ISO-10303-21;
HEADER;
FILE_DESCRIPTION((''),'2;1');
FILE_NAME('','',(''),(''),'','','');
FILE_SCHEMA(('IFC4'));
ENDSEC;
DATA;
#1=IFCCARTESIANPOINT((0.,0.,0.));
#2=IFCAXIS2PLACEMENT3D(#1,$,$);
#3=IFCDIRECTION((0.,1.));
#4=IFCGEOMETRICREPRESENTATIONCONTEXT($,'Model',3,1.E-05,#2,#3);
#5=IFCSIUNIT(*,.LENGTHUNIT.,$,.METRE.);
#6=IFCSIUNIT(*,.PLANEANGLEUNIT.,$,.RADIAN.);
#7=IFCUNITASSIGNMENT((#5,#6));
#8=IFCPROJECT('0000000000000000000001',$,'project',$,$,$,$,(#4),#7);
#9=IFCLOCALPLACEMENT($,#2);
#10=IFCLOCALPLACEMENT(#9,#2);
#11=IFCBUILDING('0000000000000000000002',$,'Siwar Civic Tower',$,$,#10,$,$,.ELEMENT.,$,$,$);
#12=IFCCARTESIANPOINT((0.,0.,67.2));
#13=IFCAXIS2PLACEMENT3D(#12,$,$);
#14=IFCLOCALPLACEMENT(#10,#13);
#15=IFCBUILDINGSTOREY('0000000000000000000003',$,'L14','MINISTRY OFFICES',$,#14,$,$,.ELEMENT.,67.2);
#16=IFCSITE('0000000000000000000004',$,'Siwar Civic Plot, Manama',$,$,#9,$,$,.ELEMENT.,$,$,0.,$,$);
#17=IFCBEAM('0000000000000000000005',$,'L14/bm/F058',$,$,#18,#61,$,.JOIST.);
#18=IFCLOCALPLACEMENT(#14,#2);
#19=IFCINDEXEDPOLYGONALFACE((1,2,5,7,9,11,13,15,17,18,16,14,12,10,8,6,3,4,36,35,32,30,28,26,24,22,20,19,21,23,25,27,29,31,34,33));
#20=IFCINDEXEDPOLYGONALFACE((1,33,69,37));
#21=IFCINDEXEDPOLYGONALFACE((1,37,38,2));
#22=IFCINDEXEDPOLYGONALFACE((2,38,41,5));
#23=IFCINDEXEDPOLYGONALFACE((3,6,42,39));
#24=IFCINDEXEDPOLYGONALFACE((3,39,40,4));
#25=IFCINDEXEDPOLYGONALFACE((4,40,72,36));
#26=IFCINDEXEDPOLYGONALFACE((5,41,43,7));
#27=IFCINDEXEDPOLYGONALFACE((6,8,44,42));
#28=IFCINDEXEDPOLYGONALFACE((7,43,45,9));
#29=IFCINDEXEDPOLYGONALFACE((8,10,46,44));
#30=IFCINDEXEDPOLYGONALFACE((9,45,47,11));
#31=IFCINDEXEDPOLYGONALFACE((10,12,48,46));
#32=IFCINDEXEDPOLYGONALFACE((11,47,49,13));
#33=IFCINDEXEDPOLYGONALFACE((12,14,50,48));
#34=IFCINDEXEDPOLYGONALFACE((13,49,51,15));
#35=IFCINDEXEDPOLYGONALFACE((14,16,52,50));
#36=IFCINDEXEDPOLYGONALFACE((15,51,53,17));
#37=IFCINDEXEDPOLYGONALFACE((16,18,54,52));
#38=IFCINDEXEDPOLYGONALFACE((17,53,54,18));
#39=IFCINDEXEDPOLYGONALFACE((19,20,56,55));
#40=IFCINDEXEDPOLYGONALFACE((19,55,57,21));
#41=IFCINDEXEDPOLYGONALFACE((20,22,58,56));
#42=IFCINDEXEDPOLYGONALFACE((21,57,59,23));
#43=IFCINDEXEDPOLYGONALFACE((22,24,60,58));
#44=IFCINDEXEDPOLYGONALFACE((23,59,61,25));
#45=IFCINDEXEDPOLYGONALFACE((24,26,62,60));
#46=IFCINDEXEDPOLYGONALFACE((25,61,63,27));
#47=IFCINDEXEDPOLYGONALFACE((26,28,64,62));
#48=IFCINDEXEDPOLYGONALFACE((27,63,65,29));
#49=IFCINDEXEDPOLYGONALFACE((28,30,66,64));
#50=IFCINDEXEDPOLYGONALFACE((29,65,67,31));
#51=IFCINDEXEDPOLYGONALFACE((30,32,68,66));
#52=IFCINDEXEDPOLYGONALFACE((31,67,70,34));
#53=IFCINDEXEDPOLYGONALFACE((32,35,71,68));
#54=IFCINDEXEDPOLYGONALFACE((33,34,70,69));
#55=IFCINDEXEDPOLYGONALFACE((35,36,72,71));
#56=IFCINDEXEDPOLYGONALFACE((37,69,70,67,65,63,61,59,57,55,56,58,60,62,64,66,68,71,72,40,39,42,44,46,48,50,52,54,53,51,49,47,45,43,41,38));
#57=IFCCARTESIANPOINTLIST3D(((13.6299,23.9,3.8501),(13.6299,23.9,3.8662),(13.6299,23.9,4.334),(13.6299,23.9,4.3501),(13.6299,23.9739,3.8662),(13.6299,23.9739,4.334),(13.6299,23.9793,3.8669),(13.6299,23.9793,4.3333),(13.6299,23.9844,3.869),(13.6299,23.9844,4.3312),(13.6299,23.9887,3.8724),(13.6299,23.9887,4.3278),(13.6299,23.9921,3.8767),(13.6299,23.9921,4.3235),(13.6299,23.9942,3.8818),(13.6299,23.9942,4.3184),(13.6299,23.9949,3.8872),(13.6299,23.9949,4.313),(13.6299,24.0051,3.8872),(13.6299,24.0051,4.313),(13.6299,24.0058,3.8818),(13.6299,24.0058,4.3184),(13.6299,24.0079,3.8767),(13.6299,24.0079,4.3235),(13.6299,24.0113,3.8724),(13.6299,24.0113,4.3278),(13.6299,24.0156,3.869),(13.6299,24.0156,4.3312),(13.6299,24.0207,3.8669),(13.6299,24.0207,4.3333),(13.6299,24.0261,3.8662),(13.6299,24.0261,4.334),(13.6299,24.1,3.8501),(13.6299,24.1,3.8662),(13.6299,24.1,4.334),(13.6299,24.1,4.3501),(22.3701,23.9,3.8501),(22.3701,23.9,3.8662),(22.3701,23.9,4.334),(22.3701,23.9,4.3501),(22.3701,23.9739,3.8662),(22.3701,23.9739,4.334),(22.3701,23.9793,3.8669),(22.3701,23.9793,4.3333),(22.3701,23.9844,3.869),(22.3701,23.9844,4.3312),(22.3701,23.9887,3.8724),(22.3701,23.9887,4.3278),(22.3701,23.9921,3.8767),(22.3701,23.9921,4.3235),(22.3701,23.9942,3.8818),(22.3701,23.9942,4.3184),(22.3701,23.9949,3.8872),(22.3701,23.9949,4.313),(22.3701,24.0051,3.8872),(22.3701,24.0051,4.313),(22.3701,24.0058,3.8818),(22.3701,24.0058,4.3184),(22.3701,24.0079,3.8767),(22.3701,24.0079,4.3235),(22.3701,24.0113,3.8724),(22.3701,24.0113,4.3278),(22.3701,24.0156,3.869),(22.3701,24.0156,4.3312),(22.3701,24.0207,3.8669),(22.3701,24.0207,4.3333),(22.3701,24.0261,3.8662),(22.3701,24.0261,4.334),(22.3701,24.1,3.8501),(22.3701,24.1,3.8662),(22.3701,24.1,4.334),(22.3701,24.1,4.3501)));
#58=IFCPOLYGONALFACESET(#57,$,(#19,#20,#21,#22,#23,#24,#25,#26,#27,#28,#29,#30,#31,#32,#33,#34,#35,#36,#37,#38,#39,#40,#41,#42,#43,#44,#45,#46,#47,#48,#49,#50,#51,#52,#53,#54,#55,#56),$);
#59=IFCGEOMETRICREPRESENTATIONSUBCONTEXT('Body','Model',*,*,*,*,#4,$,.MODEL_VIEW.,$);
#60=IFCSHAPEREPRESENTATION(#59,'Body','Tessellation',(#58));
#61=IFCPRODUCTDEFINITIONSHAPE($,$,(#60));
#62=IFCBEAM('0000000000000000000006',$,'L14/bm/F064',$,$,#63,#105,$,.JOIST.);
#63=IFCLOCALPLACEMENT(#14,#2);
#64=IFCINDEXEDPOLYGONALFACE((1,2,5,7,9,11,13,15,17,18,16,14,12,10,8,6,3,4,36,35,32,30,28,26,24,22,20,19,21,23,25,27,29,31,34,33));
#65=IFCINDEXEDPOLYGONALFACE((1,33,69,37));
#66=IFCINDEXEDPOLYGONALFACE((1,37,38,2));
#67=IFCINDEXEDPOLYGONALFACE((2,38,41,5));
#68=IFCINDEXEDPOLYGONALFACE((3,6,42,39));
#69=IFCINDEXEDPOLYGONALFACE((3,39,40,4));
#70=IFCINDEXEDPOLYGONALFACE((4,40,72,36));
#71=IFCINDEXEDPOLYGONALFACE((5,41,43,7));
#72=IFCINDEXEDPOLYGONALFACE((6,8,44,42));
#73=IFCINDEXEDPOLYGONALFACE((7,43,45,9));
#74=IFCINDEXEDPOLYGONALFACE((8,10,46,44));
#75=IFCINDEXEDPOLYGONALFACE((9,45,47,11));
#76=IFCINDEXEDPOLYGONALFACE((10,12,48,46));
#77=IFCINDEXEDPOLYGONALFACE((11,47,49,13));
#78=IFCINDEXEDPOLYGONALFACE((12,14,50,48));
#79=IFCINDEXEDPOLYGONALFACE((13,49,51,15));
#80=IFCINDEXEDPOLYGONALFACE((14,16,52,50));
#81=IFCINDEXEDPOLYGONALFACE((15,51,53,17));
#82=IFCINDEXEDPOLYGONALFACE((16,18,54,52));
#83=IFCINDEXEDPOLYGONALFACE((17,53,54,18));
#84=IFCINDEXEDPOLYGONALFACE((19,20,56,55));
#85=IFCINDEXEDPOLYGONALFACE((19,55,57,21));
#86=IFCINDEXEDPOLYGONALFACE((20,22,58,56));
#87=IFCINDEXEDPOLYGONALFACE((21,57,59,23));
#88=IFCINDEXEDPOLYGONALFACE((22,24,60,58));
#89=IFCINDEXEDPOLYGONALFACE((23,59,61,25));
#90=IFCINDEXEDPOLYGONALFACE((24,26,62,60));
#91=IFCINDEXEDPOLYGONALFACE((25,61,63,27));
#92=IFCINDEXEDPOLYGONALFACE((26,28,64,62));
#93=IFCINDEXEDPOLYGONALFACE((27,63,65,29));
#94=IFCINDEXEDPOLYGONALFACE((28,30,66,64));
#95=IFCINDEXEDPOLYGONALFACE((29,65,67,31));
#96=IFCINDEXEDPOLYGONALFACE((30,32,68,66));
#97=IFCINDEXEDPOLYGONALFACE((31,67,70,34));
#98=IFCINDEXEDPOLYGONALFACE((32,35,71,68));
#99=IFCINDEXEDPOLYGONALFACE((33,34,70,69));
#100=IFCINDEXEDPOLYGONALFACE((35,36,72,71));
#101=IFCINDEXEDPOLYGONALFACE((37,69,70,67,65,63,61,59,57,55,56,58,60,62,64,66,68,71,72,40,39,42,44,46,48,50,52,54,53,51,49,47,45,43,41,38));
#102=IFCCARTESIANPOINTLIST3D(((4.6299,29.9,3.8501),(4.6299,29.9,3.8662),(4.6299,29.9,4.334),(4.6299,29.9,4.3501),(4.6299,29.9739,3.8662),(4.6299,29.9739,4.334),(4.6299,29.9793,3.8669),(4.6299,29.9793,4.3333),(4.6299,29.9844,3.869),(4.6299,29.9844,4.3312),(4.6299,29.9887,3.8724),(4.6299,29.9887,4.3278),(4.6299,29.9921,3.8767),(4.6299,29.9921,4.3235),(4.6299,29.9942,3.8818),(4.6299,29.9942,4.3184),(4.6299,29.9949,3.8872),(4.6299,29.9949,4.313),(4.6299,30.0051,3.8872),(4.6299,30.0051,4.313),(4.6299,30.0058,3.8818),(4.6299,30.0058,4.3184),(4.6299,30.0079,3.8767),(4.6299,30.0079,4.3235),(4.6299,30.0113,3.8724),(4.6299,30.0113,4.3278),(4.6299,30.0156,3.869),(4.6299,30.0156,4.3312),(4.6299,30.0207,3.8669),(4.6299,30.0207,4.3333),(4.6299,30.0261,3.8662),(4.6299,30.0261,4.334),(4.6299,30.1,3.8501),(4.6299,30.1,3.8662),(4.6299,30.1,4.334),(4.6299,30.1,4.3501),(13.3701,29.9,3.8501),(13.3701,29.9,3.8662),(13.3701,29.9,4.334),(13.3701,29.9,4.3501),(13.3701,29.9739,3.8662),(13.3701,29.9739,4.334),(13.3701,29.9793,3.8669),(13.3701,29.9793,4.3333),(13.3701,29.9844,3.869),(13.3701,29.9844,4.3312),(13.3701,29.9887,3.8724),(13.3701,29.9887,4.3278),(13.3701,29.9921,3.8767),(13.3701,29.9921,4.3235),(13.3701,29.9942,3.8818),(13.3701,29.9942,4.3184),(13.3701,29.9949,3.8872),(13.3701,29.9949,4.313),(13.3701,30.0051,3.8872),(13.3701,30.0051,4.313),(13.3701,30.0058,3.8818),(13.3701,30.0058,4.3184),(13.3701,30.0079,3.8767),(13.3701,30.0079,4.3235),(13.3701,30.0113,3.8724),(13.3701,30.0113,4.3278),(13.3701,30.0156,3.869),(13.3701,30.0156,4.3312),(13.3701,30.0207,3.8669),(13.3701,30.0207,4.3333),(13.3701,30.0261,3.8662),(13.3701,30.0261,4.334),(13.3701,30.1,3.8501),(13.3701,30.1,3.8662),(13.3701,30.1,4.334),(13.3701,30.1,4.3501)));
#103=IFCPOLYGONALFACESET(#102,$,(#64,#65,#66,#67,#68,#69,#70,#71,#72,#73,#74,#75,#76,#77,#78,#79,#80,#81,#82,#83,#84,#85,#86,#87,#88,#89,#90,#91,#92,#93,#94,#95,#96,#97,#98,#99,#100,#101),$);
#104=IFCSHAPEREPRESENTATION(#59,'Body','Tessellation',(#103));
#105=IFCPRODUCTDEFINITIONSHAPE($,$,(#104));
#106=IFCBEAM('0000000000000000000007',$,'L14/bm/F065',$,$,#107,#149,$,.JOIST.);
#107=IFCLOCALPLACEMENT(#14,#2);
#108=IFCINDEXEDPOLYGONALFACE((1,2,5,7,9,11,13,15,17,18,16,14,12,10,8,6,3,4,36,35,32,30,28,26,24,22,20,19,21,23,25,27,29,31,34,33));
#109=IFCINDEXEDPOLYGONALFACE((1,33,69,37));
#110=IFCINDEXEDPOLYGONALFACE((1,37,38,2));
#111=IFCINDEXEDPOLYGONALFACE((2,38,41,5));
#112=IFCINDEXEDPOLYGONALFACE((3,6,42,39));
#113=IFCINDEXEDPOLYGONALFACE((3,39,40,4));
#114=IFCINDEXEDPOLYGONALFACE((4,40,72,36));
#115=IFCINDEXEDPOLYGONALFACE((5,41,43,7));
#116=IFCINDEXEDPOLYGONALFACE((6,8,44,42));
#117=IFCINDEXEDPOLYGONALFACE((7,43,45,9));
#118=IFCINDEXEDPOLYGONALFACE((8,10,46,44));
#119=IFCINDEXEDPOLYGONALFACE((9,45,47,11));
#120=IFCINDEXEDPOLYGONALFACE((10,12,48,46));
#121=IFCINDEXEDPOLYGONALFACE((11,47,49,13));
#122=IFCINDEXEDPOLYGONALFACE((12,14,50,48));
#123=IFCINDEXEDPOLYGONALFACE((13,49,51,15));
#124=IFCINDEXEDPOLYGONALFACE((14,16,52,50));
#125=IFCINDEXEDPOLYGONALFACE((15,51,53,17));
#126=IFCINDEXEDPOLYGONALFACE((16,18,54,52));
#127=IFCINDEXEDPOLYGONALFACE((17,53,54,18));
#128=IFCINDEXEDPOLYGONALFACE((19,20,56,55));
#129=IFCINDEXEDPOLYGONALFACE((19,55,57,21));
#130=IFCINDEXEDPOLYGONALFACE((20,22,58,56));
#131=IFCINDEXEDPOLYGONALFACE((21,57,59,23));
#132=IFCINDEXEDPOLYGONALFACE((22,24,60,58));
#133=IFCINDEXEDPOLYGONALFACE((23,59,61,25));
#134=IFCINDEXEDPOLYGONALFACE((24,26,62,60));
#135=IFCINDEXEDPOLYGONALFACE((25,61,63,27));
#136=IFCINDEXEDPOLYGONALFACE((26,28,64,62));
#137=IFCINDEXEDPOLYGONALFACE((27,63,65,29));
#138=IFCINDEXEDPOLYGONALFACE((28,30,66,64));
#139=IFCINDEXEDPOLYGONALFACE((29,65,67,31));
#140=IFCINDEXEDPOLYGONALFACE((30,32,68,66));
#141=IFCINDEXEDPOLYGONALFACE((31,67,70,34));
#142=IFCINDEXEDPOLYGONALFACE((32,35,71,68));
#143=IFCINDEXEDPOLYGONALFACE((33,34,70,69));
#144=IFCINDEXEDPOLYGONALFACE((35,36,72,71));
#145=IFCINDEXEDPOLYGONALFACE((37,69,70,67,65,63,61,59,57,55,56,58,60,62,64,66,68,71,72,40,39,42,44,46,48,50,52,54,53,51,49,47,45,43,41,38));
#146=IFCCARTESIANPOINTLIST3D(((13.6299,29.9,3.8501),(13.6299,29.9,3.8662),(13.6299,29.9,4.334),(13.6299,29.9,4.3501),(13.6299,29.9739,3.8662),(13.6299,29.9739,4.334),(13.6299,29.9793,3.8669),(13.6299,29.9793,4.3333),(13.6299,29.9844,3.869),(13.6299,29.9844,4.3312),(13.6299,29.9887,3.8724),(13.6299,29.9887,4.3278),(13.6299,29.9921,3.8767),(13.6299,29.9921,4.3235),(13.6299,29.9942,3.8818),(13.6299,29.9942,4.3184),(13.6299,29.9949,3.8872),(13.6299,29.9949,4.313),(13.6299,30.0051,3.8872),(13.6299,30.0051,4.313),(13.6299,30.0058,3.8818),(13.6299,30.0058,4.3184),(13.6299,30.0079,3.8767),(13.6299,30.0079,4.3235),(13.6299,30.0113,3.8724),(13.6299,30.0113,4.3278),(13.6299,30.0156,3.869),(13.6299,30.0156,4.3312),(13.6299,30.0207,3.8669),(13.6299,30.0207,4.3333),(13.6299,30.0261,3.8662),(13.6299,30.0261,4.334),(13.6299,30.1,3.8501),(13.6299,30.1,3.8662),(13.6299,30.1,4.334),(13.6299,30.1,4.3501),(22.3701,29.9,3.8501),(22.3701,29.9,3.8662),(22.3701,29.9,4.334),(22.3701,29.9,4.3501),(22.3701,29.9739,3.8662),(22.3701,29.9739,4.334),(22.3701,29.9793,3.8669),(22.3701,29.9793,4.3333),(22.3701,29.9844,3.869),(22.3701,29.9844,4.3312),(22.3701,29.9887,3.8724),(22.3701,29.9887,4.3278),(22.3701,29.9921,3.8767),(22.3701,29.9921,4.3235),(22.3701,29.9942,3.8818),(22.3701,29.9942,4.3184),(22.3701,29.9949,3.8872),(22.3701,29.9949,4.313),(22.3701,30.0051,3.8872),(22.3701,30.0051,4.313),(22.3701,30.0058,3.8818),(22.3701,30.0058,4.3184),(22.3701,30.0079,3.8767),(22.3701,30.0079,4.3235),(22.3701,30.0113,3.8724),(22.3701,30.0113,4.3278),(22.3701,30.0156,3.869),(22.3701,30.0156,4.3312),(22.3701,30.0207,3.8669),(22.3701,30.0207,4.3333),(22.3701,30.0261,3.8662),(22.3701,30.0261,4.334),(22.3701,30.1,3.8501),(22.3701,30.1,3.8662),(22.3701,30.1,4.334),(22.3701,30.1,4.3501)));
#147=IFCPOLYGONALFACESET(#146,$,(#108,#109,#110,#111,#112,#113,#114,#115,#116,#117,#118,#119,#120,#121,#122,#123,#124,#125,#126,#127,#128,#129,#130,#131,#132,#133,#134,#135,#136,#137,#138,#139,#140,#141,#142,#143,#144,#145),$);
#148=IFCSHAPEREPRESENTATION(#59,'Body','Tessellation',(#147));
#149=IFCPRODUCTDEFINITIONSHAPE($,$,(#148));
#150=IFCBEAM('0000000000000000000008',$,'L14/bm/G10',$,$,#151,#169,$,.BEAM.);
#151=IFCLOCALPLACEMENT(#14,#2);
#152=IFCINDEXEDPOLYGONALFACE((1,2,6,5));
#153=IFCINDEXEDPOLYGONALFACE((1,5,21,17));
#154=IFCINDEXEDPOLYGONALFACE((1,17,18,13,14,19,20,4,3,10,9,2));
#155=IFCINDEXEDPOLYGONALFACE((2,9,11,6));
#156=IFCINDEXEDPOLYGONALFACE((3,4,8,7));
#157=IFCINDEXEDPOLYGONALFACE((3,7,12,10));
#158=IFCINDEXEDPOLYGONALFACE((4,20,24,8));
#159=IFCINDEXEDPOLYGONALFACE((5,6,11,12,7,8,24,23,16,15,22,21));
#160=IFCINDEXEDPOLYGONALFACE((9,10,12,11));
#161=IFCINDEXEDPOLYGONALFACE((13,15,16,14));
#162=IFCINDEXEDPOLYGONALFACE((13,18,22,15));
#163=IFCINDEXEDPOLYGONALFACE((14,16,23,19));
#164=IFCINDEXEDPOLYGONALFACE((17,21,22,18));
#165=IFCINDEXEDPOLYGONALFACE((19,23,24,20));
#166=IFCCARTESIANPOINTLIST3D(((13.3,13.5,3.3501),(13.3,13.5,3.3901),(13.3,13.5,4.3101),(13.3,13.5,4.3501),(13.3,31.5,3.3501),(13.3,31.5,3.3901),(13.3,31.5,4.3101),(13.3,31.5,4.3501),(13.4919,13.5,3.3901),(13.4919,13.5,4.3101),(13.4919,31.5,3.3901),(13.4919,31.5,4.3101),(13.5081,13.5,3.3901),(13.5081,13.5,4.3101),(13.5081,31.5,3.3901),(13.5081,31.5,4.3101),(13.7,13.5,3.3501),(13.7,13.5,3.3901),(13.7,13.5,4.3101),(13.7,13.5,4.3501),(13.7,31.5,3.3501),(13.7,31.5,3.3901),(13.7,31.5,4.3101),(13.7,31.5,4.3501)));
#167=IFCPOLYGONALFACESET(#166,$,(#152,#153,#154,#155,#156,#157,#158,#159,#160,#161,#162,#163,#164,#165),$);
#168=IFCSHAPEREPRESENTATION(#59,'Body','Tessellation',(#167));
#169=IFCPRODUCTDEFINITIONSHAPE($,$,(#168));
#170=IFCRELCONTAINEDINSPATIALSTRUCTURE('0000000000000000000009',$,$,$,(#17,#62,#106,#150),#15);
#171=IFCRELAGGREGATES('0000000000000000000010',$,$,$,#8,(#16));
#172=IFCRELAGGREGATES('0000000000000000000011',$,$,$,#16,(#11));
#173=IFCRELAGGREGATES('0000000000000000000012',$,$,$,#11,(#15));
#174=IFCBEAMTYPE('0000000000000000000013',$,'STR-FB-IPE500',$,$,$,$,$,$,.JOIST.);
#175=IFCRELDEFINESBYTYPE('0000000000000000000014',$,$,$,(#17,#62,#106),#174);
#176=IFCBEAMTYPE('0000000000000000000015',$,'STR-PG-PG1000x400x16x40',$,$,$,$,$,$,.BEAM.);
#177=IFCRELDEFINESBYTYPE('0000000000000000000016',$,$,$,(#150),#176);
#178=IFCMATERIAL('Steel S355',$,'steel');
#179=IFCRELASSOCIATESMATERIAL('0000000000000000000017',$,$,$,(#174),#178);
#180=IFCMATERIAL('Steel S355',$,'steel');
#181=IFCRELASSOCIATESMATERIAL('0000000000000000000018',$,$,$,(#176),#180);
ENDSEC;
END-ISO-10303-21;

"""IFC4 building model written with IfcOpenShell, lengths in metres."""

from ifc_helpers import new_model, si_unit, direction, frame, origin, origin_2d, place, context, subcontext, project, spatial, i_section, extrude, material, material_profile, profile_set, type_object, element, save


model = new_model("IFC4")

# Units and contexts
model_context = context("Model", 3, precision=1e-05, world=origin(), true_north=direction((0.0, 1.0)))
body_context = subcontext(model_context, "Body", "Model", "MODEL_VIEW")
ifc_project = project(units=[si_unit("LENGTHUNIT", "METRE"), si_unit("PLANEANGLEUNIT", "RADIAN")], contexts=[model_context])

# Site, building, storey
site_placement = place(None, origin())
site = spatial("IfcSite", under=ifc_project, at=site_placement, Name="Siwar Civic Plot, Manama", CompositionType="ELEMENT", RefElevation=0.0)
building_placement = place(site_placement, origin())
building = spatial("IfcBuilding", under=site, at=building_placement, Name="Siwar Civic Tower", CompositionType="ELEMENT")
storey_placement = place(building_placement, frame((0.0, 0.0, 67.2)))
storey = spatial("IfcBuildingStorey", under=building, at=storey_placement, Name="L14", Description="MINISTRY OFFICES", CompositionType="ELEMENT", Elevation=67.2)

# Beams
ifc_material_1 = material(Name="Steel S355", Category="steel")
ifc_material_profile_1 = material_profile(ifc_material_1, i_section(OverallWidth=0.2, OverallDepth=0.5, WebThickness=0.0103, FlangeThickness=0.0161, FilletRadius=0.021, at=origin_2d()), Name="IPE500")
ifc_profile_set_1 = profile_set([ifc_material_profile_1], Name="Steel S355")
beam_type_1 = type_object("IfcBeamType", Name="STR-FB-IPE500", PredefinedType="JOIST", material=ifc_profile_set_1)
for number, where, z_axis, x_axis, name in (
    (1, (13.6299, 24.0, 4.1001), (1.0, 0.0, 0.0), (0.0, 1.0, 0.0), "L14/bm/F058"),
    (2, (4.6299, 30.0, 4.1001), (1.0, 0.0, 0.0), (0.0, 1.0, 0.0), "L14/bm/F064"),
    (3, (13.6299, 30.0, 4.1001), (1.0, 0.0, 0.0), (0.0, 1.0, 0.0), "L14/bm/F065"),
):
    element("IfcBeam", number, at=place(storey_placement, frame(where, z_axis=z_axis, x_axis=x_axis)), inside=storey, type_object=beam_type_1, Name=name, PredefinedType="JOIST", context=body_context, shape_type="SweptSolid", body=[
        extrude(i_section(OverallWidth=0.2, OverallDepth=0.5, WebThickness=0.0103, FlangeThickness=0.0161, FilletRadius=0.021, at=origin_2d()), origin(), (0.0, 0.0, 1.0), 8.7402),
    ])
ifc_material_2 = material(Name="Steel S355", Category="steel")
ifc_material_profile_2 = material_profile(ifc_material_2, i_section(OverallWidth=0.3999, OverallDepth=1.0, WebThickness=0.0161, FlangeThickness=0.04, at=origin_2d()), Name="PG1000x400x16x40")
ifc_profile_set_2 = profile_set([ifc_material_profile_2], Name="Steel S355")
beam_type_2 = type_object("IfcBeamType", Name="STR-PG-PG1000x400x16x40", PredefinedType="BEAM", material=ifc_profile_set_2)
beam_1_placement = place(storey_placement, frame((13.5, 13.5, 3.8501), z_axis=(0.0, 1.0, 0.0), x_axis=(-1.0, 0.0, 0.0)))
element("IfcBeam", 4, at=beam_1_placement, inside=storey, type_object=beam_type_2, Name="L14/bm/G10", PredefinedType="BEAM", context=body_context, shape_type="SweptSolid", body=[
    extrude(i_section(OverallWidth=0.3999, OverallDepth=1.0, WebThickness=0.0161, FlangeThickness=0.04, at=origin_2d()), origin(), (0.0, 0.0, 1.0), 18.0),
])

save(model, "model.ifc")
